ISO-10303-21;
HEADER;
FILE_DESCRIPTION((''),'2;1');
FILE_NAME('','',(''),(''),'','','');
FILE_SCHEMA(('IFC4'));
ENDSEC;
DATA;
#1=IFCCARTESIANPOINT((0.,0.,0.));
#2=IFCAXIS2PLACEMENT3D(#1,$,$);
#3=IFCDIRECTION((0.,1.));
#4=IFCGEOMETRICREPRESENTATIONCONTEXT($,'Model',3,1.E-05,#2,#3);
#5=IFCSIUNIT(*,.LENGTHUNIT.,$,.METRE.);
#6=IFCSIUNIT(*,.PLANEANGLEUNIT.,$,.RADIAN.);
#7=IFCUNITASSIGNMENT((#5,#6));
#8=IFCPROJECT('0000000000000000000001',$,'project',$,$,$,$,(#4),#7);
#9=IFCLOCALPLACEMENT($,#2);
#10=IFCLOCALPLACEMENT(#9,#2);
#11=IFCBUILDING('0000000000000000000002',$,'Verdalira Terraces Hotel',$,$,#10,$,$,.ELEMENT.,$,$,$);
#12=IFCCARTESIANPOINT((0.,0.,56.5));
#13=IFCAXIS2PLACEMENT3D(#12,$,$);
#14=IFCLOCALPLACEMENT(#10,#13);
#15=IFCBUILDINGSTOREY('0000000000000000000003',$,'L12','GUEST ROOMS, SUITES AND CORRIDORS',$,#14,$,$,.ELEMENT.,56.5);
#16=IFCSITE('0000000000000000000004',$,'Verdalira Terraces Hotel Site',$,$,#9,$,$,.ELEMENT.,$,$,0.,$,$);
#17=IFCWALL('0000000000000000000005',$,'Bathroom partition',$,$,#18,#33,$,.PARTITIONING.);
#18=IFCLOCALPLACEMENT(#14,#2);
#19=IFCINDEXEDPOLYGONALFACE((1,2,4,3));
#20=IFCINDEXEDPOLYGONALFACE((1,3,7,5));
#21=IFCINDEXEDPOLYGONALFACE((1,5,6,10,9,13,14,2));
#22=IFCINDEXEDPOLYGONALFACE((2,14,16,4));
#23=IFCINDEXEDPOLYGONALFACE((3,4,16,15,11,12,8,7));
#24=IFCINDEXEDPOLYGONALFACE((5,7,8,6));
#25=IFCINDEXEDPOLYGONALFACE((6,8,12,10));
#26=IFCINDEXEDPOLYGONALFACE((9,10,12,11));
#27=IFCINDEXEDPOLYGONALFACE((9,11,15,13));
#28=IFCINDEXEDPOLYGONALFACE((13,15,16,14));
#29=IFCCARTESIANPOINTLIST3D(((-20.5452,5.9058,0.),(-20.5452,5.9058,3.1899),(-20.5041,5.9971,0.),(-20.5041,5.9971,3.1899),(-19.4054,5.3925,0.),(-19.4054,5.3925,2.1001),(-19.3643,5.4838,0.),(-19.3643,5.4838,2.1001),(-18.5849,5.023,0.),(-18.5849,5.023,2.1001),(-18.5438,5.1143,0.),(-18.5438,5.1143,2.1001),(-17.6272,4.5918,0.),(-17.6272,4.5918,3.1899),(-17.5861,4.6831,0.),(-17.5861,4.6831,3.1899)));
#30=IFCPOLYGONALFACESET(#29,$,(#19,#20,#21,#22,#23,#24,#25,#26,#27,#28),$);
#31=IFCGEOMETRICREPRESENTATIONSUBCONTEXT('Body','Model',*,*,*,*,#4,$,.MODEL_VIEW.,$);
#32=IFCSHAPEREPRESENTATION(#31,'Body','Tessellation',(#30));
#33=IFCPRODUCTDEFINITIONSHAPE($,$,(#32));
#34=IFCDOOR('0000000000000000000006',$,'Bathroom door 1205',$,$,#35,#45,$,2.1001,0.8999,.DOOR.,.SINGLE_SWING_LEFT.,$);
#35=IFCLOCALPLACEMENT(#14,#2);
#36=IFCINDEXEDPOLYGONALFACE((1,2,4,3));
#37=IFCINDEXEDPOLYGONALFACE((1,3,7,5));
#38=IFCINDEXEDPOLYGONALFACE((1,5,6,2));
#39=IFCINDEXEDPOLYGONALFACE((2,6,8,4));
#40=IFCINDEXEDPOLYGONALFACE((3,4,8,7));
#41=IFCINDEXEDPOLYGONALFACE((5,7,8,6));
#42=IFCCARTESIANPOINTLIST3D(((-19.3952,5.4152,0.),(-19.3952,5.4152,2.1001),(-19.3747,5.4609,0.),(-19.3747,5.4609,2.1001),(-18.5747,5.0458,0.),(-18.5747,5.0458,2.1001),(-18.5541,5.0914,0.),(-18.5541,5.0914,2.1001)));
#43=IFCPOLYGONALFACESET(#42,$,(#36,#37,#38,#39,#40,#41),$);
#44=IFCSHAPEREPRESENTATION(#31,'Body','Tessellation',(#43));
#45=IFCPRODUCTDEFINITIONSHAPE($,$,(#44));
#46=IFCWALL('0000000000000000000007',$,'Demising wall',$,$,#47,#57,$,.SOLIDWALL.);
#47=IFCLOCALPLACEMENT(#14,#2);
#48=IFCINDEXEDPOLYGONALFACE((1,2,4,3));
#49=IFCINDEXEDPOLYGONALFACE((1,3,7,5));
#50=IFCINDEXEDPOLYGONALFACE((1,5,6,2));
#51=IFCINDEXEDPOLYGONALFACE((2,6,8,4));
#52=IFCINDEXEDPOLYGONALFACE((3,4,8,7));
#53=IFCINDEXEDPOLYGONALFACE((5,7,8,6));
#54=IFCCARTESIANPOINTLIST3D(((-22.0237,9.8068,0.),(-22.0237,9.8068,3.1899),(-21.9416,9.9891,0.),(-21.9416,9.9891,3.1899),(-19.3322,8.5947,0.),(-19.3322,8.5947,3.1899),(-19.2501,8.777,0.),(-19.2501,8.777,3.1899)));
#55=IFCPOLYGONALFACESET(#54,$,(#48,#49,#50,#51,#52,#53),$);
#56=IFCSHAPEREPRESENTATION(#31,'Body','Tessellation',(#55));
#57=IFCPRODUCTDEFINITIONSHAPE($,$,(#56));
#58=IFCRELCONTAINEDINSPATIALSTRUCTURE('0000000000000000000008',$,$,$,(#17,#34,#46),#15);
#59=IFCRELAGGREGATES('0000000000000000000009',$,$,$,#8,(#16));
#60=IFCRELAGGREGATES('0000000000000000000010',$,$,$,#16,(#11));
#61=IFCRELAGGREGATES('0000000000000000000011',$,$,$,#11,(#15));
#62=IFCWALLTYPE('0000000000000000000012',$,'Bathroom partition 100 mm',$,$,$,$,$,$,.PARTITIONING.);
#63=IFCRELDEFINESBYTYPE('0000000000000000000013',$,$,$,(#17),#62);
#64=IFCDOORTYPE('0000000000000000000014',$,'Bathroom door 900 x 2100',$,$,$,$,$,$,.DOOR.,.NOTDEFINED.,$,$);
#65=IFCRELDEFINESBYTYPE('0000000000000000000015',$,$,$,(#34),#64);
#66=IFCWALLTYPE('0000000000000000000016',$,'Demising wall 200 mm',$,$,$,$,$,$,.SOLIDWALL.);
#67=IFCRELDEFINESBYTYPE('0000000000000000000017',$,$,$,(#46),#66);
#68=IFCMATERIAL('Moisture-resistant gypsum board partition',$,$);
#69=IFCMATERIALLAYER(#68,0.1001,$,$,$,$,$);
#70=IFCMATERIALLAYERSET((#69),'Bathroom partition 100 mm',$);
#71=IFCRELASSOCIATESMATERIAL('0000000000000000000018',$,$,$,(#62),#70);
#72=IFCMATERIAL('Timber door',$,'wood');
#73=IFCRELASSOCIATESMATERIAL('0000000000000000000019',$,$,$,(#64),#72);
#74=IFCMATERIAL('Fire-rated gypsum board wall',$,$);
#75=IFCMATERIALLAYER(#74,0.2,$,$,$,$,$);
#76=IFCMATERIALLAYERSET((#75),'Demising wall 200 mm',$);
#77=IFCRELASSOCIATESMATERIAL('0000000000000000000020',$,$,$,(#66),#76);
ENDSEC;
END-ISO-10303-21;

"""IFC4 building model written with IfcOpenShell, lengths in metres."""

from ifc_helpers import new_model, si_unit, direction, frame, frame_2d, origin, place, context, subcontext, project, spatial, rectangle, extrude, material, layer, layer_set, type_object, element, fill, save


model = new_model("IFC4")

# Units and contexts
model_context = context("Model", 3, precision=1e-05, world=origin(), true_north=direction((0.0, 1.0)))
body_context = subcontext(model_context, "Body", "Model", "MODEL_VIEW")
ifc_project = project(units=[si_unit("LENGTHUNIT", "METRE"), si_unit("PLANEANGLEUNIT", "RADIAN")], contexts=[model_context])

# Site, building, storey
site_placement = place(None, origin())
site = spatial("IfcSite", under=ifc_project, at=site_placement, Name="Verdalira Terraces Hotel Site", CompositionType="ELEMENT", RefElevation=0.0)
building_placement = place(site_placement, origin())
building = spatial("IfcBuilding", under=site, at=building_placement, Name="Verdalira Terraces Hotel", CompositionType="ELEMENT")
storey_placement = place(building_placement, frame((0.0, 0.0, 56.5)))
storey = spatial("IfcBuildingStorey", under=building, at=storey_placement, Name="L12", Description="GUEST ROOMS, SUITES AND CORRIDORS", CompositionType="ELEMENT", Elevation=56.5)

# Shared definitions
ifc_material_1 = material(Name="Moisture-resistant gypsum board partition")
ifc_layer_1 = layer(ifc_material_1, 0.1001)
ifc_layer_set_1 = layer_set([ifc_layer_1], Name="Bathroom partition 100 mm")
wall_type_1 = type_object("IfcWallType", Name="Bathroom partition 100 mm", PredefinedType="PARTITIONING", material=ifc_layer_set_1)

# Wall, opening, door
wall_1_placement = place(storey_placement, frame((-20.5247, 5.9514, 0.0), z_axis=(0.0, 0.0, 1.0), x_axis=(0.911819, -0.410593, 0.0)))
wall_1 = element("IfcWall", 1, at=wall_1_placement, inside=storey, type_object=wall_type_1, Name="Bathroom partition", PredefinedType="PARTITIONING", context=body_context, shape_type="SweptSolid", body=[
    extrude(rectangle(XDim=3.2002, YDim=0.1001, at=frame_2d((1.6001, 0.0))), origin(), (0.0, 0.0, 1.0), 3.1899),
])
opening_1_placement = place(wall_1_placement, frame((1.25, 0.0, 0.0)))
opening_1 = element("IfcOpeningElement", 2, at=opening_1_placement, cuts=wall_1, PredefinedType="OPENING", context=body_context, shape_type="SweptSolid", body=[
    extrude(rectangle(XDim=0.8999, YDim=2.1001, at=frame_2d((0.45, 1.05))), frame((0.0, 0.0601, 0.0), z_axis=(0.0, -1.0, 0.0), x_axis=(1.0, 0.0, 0.0)), (0.0, 0.0, 1.0), 0.1201),
])
ifc_material_2 = material(Name="Timber door", Category="wood")
door_type_1 = type_object("IfcDoorType", Name="Bathroom door 900 x 2100", OperationType="NOTDEFINED", PredefinedType="DOOR", material=ifc_material_2)
door_1_placement = place(opening_1_placement, origin())
door_1 = element("IfcDoor", 3, at=door_1_placement, inside=storey, type_object=door_type_1, Name="Bathroom door 1205", OperationType="SINGLE_SWING_LEFT", OverallHeight=2.1001, OverallWidth=0.8999, PredefinedType="DOOR", context=body_context, shape_type="SweptSolid", body=[
    extrude(rectangle(XDim=0.8999, YDim=2.1001, at=frame_2d((0.45, 1.05))), frame((0.0, 0.0249, 0.0), z_axis=(0.0, -1.0, 0.0), x_axis=(1.0, 0.0, 0.0)), (0.0, 0.0, 1.0), 0.05),
])
fill(opening_1, door_1)

# Wall
ifc_material_3 = material(Name="Fire-rated gypsum board wall")
ifc_layer_2 = layer(ifc_material_3, 0.2)
ifc_layer_set_2 = layer_set([ifc_layer_2], Name="Demising wall 200 mm")
wall_type_2 = type_object("IfcWallType", Name="Demising wall 200 mm", PredefinedType="SOLIDWALL", material=ifc_layer_set_2)
wall_2_placement = place(storey_placement, frame((-19.291, 8.6858, 0.0), z_axis=(0.0, 0.0, 1.0), x_axis=(-0.911805, 0.410623, 0.0)))
element("IfcWall", 4, at=wall_2_placement, inside=storey, type_object=wall_type_2, Name="Demising wall", PredefinedType="SOLIDWALL", context=body_context, shape_type="SweptSolid", body=[
    extrude(rectangle(XDim=2.9519, YDim=0.2, at=frame_2d((1.4761, 0.0))), origin(), (0.0, 0.0, 1.0), 3.1899),
])

save(model, "model.ifc")
